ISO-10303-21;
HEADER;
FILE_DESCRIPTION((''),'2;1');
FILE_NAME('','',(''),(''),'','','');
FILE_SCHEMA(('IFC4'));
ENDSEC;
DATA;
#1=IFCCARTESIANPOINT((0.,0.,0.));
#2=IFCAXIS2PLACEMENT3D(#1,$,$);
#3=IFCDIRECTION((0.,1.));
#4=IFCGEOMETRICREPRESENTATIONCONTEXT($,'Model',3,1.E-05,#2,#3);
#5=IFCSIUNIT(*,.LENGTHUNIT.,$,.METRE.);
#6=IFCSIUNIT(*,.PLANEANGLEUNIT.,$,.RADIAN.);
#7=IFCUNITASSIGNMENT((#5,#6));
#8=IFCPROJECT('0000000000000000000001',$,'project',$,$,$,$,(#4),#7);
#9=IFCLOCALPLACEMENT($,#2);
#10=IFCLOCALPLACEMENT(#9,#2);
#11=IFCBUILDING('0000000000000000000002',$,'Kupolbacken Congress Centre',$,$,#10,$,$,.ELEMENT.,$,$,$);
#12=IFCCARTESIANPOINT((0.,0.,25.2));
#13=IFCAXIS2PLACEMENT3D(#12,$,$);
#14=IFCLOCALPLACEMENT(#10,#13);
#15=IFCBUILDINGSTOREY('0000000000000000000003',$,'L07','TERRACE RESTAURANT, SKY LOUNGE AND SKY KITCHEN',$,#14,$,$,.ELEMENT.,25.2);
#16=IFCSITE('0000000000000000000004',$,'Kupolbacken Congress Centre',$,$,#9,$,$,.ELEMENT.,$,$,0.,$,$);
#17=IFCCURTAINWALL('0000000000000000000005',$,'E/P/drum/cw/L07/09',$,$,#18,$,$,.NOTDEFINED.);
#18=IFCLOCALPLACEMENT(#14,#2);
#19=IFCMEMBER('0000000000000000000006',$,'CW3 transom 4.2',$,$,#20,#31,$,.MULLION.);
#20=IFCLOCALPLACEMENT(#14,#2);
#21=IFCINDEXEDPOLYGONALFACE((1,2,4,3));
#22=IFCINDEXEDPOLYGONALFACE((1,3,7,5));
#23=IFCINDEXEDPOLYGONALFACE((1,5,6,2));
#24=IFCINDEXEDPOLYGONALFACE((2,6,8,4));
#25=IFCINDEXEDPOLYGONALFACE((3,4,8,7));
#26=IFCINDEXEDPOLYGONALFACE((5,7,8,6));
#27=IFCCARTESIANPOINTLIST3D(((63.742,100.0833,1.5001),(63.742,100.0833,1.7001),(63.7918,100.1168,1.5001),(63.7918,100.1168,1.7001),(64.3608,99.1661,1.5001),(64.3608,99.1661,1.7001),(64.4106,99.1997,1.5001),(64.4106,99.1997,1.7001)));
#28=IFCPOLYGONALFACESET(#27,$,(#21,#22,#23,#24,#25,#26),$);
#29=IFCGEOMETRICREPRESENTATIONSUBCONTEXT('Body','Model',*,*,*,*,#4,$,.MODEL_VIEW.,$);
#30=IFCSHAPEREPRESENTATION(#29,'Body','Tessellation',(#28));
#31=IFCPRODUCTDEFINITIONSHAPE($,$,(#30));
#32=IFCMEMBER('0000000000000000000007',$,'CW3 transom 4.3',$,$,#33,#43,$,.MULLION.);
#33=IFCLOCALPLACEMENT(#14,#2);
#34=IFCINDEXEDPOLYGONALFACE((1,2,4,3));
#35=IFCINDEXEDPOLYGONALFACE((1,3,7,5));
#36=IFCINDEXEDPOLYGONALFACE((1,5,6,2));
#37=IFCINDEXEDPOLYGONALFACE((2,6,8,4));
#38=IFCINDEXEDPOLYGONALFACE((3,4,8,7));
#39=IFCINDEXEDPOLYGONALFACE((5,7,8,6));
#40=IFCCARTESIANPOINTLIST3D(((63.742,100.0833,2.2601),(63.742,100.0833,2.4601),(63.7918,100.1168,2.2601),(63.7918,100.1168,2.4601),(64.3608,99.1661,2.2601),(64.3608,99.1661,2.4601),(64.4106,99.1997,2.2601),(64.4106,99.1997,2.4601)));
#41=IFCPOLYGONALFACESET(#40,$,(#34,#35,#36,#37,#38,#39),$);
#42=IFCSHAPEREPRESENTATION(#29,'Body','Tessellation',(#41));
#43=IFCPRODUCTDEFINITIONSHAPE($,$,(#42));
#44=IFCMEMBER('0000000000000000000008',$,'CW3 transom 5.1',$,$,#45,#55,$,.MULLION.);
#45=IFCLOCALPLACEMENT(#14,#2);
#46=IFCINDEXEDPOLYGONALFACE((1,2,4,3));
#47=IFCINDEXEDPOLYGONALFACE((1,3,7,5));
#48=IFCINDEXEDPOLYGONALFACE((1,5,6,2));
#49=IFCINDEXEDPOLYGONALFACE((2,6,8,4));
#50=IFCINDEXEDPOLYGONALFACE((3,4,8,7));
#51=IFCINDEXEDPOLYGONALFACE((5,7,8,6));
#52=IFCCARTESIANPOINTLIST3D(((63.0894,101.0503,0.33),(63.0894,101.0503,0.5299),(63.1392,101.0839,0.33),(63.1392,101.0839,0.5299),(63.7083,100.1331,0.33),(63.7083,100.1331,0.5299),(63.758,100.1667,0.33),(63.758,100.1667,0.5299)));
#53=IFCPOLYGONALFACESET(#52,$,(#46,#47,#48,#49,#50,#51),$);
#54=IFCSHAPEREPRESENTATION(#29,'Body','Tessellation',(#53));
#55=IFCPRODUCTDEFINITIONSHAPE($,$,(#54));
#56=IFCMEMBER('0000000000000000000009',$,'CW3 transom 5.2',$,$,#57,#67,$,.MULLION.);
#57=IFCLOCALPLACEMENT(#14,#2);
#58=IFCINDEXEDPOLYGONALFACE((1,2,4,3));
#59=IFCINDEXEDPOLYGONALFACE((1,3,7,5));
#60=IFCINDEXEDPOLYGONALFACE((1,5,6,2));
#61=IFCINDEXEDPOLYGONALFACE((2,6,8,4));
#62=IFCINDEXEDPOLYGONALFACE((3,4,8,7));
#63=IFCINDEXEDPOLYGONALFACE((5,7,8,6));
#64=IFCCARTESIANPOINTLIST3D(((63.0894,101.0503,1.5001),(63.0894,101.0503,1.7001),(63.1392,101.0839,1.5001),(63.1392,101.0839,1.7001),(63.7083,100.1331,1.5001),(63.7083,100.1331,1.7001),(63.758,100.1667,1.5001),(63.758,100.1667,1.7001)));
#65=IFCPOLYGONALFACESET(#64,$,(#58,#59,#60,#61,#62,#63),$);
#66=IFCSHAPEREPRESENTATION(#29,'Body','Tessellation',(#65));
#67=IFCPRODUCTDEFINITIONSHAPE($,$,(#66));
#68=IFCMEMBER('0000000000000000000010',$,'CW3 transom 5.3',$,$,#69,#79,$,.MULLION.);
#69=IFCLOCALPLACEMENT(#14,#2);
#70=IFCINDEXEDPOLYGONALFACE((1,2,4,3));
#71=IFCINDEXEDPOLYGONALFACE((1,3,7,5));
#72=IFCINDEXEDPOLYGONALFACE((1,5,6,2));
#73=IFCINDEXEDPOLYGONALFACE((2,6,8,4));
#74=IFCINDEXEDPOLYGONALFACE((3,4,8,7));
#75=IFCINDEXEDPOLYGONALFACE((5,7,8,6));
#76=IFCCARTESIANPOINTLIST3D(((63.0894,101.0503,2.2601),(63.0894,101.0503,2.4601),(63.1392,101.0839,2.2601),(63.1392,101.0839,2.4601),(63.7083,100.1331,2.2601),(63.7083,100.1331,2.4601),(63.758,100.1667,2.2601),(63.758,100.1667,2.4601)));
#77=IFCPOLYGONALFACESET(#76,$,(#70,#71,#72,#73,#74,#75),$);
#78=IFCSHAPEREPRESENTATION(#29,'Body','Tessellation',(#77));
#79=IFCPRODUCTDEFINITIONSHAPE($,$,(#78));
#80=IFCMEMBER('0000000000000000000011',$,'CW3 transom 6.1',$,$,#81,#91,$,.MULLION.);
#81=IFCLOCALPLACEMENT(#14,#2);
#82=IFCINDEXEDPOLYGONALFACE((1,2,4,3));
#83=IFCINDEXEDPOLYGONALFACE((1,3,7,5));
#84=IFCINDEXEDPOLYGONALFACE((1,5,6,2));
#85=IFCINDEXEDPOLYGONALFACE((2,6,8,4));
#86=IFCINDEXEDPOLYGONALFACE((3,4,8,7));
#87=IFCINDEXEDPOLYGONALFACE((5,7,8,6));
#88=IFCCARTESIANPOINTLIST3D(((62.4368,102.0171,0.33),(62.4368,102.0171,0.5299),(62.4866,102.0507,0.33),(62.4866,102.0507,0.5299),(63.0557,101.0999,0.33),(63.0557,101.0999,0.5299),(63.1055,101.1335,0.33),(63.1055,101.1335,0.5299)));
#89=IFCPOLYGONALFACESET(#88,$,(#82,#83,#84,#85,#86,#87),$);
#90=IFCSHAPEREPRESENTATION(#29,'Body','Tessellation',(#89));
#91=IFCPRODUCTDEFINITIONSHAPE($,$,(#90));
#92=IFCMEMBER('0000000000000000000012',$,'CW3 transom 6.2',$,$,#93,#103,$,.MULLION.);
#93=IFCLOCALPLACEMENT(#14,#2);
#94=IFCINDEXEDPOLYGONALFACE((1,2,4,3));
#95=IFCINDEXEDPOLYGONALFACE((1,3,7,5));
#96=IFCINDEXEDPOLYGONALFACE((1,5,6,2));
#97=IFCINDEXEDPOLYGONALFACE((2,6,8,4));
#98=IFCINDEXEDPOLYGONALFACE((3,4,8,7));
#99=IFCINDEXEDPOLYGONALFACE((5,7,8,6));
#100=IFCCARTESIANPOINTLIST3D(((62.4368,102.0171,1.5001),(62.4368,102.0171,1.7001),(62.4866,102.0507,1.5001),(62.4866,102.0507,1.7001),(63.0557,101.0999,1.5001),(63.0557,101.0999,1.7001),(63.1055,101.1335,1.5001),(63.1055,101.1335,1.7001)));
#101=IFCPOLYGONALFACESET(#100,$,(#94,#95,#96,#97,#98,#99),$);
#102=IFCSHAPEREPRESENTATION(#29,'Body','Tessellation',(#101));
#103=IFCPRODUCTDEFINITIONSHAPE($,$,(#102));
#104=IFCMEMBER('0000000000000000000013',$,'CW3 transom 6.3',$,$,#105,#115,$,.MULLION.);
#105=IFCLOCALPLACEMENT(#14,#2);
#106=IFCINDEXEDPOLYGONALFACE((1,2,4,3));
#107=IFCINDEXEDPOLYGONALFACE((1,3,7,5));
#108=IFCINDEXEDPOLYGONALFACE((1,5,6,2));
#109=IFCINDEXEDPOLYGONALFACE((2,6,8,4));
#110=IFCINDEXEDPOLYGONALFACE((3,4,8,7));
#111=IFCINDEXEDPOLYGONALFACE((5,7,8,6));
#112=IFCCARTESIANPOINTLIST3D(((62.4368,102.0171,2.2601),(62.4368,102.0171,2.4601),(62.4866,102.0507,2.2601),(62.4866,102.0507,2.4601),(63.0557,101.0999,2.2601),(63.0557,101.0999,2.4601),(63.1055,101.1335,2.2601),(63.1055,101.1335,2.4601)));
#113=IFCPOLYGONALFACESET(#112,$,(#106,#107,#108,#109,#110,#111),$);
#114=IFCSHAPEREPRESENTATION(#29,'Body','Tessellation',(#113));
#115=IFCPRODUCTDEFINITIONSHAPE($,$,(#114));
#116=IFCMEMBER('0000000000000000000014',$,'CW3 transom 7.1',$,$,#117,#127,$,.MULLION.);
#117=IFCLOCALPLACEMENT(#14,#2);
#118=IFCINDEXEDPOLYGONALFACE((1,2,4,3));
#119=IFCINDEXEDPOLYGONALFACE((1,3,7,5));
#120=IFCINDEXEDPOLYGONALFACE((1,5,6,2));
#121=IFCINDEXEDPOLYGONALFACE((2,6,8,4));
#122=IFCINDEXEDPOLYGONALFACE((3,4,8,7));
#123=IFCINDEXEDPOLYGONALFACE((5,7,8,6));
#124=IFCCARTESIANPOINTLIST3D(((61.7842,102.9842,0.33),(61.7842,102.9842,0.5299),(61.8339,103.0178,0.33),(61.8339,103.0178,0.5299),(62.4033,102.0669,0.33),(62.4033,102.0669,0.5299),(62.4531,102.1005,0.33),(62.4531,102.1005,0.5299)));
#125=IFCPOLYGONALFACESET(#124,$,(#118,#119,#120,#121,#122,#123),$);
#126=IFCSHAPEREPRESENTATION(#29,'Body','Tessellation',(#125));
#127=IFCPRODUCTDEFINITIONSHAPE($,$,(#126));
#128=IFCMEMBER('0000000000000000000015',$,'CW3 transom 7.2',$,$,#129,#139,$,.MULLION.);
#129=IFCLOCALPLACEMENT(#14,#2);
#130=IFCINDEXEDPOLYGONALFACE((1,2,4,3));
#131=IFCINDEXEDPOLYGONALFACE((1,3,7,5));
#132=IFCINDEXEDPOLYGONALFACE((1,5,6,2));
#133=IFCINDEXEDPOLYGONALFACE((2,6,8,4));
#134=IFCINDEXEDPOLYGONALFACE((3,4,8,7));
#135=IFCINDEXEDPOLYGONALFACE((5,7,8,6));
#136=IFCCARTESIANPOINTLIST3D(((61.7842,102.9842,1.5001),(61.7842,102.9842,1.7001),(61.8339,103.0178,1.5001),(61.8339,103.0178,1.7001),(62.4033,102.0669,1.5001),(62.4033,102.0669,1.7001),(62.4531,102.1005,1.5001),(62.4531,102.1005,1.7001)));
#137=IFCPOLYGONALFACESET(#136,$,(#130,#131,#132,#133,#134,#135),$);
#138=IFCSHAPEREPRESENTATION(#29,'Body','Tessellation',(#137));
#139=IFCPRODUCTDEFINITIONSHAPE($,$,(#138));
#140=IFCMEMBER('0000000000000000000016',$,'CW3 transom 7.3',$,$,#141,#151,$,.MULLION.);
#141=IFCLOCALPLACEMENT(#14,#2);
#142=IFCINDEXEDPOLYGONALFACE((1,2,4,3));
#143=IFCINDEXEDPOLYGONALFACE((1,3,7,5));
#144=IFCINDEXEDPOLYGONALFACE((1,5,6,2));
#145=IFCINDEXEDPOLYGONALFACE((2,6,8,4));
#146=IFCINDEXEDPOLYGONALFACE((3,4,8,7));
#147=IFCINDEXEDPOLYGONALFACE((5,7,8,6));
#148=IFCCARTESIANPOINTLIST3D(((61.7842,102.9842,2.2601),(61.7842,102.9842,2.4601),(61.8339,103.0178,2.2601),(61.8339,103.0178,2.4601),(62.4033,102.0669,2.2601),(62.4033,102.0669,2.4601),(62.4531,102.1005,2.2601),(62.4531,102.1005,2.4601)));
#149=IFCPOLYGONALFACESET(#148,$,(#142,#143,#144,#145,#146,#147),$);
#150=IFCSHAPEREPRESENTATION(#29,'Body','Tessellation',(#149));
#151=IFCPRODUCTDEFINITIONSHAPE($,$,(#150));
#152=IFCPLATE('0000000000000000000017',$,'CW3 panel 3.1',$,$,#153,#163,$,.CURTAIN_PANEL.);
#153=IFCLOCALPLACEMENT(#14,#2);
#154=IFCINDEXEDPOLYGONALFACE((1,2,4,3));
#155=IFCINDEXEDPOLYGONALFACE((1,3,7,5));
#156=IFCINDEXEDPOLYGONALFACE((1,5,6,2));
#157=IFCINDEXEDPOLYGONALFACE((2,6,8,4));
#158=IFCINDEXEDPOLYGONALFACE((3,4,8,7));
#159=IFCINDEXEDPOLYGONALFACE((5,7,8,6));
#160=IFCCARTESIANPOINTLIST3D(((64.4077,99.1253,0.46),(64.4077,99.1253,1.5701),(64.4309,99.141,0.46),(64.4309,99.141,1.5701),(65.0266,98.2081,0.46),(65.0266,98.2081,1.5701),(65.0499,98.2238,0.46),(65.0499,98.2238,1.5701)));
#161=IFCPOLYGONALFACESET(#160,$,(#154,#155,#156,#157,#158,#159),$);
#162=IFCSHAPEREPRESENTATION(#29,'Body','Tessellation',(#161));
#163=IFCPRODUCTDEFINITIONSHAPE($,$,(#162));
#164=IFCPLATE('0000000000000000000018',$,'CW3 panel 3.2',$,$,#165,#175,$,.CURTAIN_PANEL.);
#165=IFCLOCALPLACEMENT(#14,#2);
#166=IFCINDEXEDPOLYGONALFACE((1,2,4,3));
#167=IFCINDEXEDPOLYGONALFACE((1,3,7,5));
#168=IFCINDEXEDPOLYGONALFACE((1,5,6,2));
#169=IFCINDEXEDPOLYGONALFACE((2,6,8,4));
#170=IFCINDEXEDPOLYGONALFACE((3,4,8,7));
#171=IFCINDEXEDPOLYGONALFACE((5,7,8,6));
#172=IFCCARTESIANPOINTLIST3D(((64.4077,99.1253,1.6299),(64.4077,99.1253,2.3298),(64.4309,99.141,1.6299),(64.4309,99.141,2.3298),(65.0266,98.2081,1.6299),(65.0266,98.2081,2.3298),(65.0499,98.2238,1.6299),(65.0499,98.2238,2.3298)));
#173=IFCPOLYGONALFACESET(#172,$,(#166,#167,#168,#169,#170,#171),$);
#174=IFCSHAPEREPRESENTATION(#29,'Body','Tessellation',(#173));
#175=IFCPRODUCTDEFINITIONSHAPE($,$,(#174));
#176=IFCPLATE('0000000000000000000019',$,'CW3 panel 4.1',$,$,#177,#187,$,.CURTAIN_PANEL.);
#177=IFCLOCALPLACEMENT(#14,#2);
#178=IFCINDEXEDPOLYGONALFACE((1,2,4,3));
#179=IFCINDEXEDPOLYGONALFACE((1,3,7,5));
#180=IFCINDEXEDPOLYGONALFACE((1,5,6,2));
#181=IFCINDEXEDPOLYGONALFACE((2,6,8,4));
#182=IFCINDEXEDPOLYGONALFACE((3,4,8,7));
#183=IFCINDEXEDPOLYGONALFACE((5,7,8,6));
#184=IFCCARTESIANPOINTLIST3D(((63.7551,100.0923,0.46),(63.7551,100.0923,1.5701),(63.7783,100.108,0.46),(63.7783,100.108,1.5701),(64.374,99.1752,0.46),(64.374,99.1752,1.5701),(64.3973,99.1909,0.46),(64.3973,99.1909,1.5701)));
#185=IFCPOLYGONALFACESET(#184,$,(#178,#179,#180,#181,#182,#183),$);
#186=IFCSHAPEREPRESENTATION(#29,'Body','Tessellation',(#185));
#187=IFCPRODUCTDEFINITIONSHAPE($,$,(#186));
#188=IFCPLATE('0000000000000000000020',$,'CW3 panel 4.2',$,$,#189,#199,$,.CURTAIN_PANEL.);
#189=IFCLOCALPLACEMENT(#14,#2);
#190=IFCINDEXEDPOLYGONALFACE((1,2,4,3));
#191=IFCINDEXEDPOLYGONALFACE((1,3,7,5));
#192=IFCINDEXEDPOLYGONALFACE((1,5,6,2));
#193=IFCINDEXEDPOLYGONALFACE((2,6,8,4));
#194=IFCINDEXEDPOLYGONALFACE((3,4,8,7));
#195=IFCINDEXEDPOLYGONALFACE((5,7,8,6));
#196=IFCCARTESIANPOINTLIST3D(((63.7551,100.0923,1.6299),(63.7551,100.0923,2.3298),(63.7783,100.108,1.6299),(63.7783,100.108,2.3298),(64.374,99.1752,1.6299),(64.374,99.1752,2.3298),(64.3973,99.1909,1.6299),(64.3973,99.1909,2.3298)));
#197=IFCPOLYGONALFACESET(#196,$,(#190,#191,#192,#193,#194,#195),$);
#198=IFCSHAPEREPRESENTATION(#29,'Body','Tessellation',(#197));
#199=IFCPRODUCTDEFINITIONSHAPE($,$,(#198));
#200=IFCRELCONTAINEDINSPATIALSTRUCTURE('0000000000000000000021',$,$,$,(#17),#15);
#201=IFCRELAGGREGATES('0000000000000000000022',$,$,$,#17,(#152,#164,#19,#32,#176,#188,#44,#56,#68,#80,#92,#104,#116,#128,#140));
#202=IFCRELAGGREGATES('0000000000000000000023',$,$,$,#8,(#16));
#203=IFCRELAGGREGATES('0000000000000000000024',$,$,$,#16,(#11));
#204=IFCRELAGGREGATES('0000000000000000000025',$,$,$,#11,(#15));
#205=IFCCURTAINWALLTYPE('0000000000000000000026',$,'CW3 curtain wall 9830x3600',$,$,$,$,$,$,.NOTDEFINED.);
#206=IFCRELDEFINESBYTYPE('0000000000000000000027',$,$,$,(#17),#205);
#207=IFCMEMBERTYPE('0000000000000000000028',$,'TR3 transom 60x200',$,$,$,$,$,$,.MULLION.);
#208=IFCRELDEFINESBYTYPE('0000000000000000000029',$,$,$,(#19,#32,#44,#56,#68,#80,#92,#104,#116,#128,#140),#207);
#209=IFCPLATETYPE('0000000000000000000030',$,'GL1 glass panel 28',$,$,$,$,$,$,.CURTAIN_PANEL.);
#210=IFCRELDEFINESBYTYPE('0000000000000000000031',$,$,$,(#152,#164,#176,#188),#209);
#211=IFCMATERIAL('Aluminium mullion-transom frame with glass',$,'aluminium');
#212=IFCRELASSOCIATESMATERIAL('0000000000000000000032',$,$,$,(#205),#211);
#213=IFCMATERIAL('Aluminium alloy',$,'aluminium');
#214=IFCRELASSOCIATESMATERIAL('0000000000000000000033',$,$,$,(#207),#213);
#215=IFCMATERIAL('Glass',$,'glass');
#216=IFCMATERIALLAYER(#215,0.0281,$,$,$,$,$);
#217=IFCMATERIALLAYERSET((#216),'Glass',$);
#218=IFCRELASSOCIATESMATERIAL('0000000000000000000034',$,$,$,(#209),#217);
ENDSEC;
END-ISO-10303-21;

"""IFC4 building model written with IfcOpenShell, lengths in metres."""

from ifc_helpers import new_model, si_unit, direction, frame, origin, origin_2d, place, context, subcontext, project, spatial, rectangle, extrude, material, layer, layer_set, material_profile, profile_set, type_object, element, aggregate, save


model = new_model("IFC4")

# Units and contexts
model_context = context("Model", 3, precision=1e-05, world=origin(), true_north=direction((0.0, 1.0)))
body_context = subcontext(model_context, "Body", "Model", "MODEL_VIEW")
ifc_project = project(units=[si_unit("LENGTHUNIT", "METRE"), si_unit("PLANEANGLEUNIT", "RADIAN")], contexts=[model_context])

# Site, building, storey
site_placement = place(None, origin())
site = spatial("IfcSite", under=ifc_project, at=site_placement, Name="Kupolbacken Congress Centre", CompositionType="ELEMENT", RefElevation=0.0)
building_placement = place(site_placement, origin())
building = spatial("IfcBuilding", under=site, at=building_placement, Name="Kupolbacken Congress Centre", CompositionType="ELEMENT")
storey_placement = place(building_placement, frame((0.0, 0.0, 25.2)))
storey = spatial("IfcBuildingStorey", under=building, at=storey_placement, Name="L07", Description="TERRACE RESTAURANT, SKY LOUNGE AND SKY KITCHEN", CompositionType="ELEMENT", Elevation=25.2)

# Curtain wall, members, plates
ifc_material_1 = material(Name="Aluminium mullion-transom frame with glass", Category="aluminium")
curtain_wall_type = type_object("IfcCurtainWallType", Name="CW3 curtain wall 9830x3600", PredefinedType="NOTDEFINED", material=ifc_material_1)
curtain_wall_placement = place(storey_placement, origin())
curtain_wall = element("IfcCurtainWall", 1, at=curtain_wall_placement, inside=storey, type_object=curtain_wall_type, Name="E/P/drum/cw/L07/09", PredefinedType="NOTDEFINED")
ifc_material_2 = material(Name="Aluminium alloy", Category="aluminium")
ifc_material_profile_1 = material_profile(ifc_material_2, rectangle(XDim=0.0601, YDim=0.2, at=origin_2d()), Name="60 x 200")
ifc_profile_set_1 = profile_set([ifc_material_profile_1], Name="Aluminium alloy")
member_type_1 = type_object("IfcMemberType", Name="TR3 transom 60x200", PredefinedType="MULLION", material=ifc_profile_set_1)
member_1_placement = place(storey_placement, frame((64.3857, 99.1829, 1.6001), z_axis=(-0.559325, 0.828948, 0.0), x_axis=(-0.828948, -0.559325, 0.0)))
member_1 = element("IfcMember", 2, at=member_1_placement, type_object=member_type_1, Name="CW3 transom 4.2", PredefinedType="MULLION", context=body_context, shape_type="SweptSolid", body=[
    extrude(rectangle(XDim=0.0601, YDim=0.2, at=origin_2d()), origin(), (0.0, 0.0, 1.0), 1.1064),
])
member_2_placement = place(storey_placement, frame((64.3857, 99.1829, 2.3601), z_axis=(-0.559325, 0.828948, 0.0), x_axis=(-0.828948, -0.559325, 0.0)))
member_2 = element("IfcMember", 3, at=member_2_placement, type_object=member_type_1, Name="CW3 transom 4.3", PredefinedType="MULLION", context=body_context, shape_type="SweptSolid", body=[
    extrude(rectangle(XDim=0.0601, YDim=0.2, at=origin_2d()), origin(), (0.0, 0.0, 1.0), 1.1064),
])
member_3_placement = place(storey_placement, frame((63.7332, 100.1499, 0.4299), z_axis=(-0.559325, 0.828948, 0.0), x_axis=(-0.828948, -0.559325, 0.0)))
member_3 = element("IfcMember", 4, at=member_3_placement, type_object=member_type_1, Name="CW3 transom 5.1", PredefinedType="MULLION", context=body_context, shape_type="SweptSolid", body=[
    extrude(rectangle(XDim=0.0601, YDim=0.2, at=origin_2d()), origin(), (0.0, 0.0, 1.0), 1.1064),
])
member_4_placement = place(storey_placement, frame((63.7332, 100.1499, 1.6001), z_axis=(-0.559325, 0.828948, 0.0), x_axis=(-0.828948, -0.559325, 0.0)))
member_4 = element("IfcMember", 5, at=member_4_placement, type_object=member_type_1, Name="CW3 transom 5.2", PredefinedType="MULLION", context=body_context, shape_type="SweptSolid", body=[
    extrude(rectangle(XDim=0.0601, YDim=0.2, at=origin_2d()), origin(), (0.0, 0.0, 1.0), 1.1064),
])
member_5_placement = place(storey_placement, frame((63.7332, 100.1499, 2.3601), z_axis=(-0.559325, 0.828948, 0.0), x_axis=(-0.828948, -0.559325, 0.0)))
member_5 = element("IfcMember", 6, at=member_5_placement, type_object=member_type_1, Name="CW3 transom 5.3", PredefinedType="MULLION", context=body_context, shape_type="SweptSolid", body=[
    extrude(rectangle(XDim=0.0601, YDim=0.2, at=origin_2d()), origin(), (0.0, 0.0, 1.0), 1.1064),
])
member_6_placement = place(storey_placement, frame((63.0806, 101.1167, 0.4299), z_axis=(-0.559325, 0.828948, 0.0), x_axis=(-0.828948, -0.559325, 0.0)))
member_6 = element("IfcMember", 7, at=member_6_placement, type_object=member_type_1, Name="CW3 transom 6.1", PredefinedType="MULLION", context=body_context, shape_type="SweptSolid", body=[
    extrude(rectangle(XDim=0.0601, YDim=0.2, at=origin_2d()), origin(), (0.0, 0.0, 1.0), 1.1064),
])
member_7_placement = place(storey_placement, frame((63.0806, 101.1167, 1.6001), z_axis=(-0.559325, 0.828948, 0.0), x_axis=(-0.828948, -0.559325, 0.0)))
member_7 = element("IfcMember", 8, at=member_7_placement, type_object=member_type_1, Name="CW3 transom 6.2", PredefinedType="MULLION", context=body_context, shape_type="SweptSolid", body=[
    extrude(rectangle(XDim=0.0601, YDim=0.2, at=origin_2d()), origin(), (0.0, 0.0, 1.0), 1.1064),
])
member_8_placement = place(storey_placement, frame((63.0806, 101.1167, 2.3601), z_axis=(-0.559325, 0.828948, 0.0), x_axis=(-0.828948, -0.559325, 0.0)))
member_8 = element("IfcMember", 9, at=member_8_placement, type_object=member_type_1, Name="CW3 transom 6.3", PredefinedType="MULLION", context=body_context, shape_type="SweptSolid", body=[
    extrude(rectangle(XDim=0.0601, YDim=0.2, at=origin_2d()), origin(), (0.0, 0.0, 1.0), 1.1064),
])
member_9_placement = place(storey_placement, frame((62.4282, 102.0837, 0.4299), z_axis=(-0.559477, 0.828846, 0.0), x_axis=(-0.828846, -0.559477, 0.0)))
member_9 = element("IfcMember", 10, at=member_9_placement, type_object=member_type_1, Name="CW3 transom 7.1", PredefinedType="MULLION", context=body_context, shape_type="SweptSolid", body=[
    extrude(rectangle(XDim=0.0601, YDim=0.2, at=origin_2d()), origin(), (0.0, 0.0, 1.0), 1.1067),
])
member_10_placement = place(storey_placement, frame((62.4282, 102.0837, 1.6001), z_axis=(-0.559477, 0.828846, 0.0), x_axis=(-0.828846, -0.559477, 0.0)))
member_10 = element("IfcMember", 11, at=member_10_placement, type_object=member_type_1, Name="CW3 transom 7.2", PredefinedType="MULLION", context=body_context, shape_type="SweptSolid", body=[
    extrude(rectangle(XDim=0.0601, YDim=0.2, at=origin_2d()), origin(), (0.0, 0.0, 1.0), 1.1067),
])
member_11_placement = place(storey_placement, frame((62.4282, 102.0837, 2.3601), z_axis=(-0.559477, 0.828846, 0.0), x_axis=(-0.828846, -0.559477, 0.0)))
member_11 = element("IfcMember", 12, at=member_11_placement, type_object=member_type_1, Name="CW3 transom 7.3", PredefinedType="MULLION", context=body_context, shape_type="SweptSolid", body=[
    extrude(rectangle(XDim=0.0601, YDim=0.2, at=origin_2d()), origin(), (0.0, 0.0, 1.0), 1.1067),
])
ifc_material_3 = material(Name="Glass", Category="glass")
ifc_layer_1 = layer(ifc_material_3, 0.0281)
ifc_layer_set_1 = layer_set([ifc_layer_1], Name="Glass")
plate_type = type_object("IfcPlateType", Name="GL1 glass panel 28", PredefinedType="CURTAIN_PANEL", material=ifc_layer_set_1)
plate_1_placement = place(storey_placement, frame((64.7288, 98.6746, 0.46), z_axis=(0.0, 0.0, 1.0), x_axis=(-0.559386, 0.828908, 0.0)))
plate_1 = element("IfcPlate", 13, at=plate_1_placement, type_object=plate_type, Name="CW3 panel 3.1", PredefinedType="CURTAIN_PANEL", context=body_context, shape_type="SweptSolid", body=[
    extrude(rectangle(XDim=1.1064, YDim=0.0281, at=origin_2d()), origin(), (0.0, 0.0, 1.0), 1.1101),
])
plate_2_placement = place(storey_placement, frame((64.7288, 98.6746, 1.6299), z_axis=(0.0, 0.0, 1.0), x_axis=(-0.559386, 0.828908, 0.0)))
plate_2 = element("IfcPlate", 14, at=plate_2_placement, type_object=plate_type, Name="CW3 panel 3.2", PredefinedType="CURTAIN_PANEL", context=body_context, shape_type="SweptSolid", body=[
    extrude(rectangle(XDim=1.1064, YDim=0.0281, at=origin_2d()), origin(), (0.0, 0.0, 1.0), 0.7),
])
plate_3_placement = place(storey_placement, frame((64.0762, 99.6416, 0.46), z_axis=(0.0, 0.0, 1.0), x_axis=(-0.559386, 0.828908, 0.0)))
plate_3 = element("IfcPlate", 15, at=plate_3_placement, type_object=plate_type, Name="CW3 panel 4.1", PredefinedType="CURTAIN_PANEL", context=body_context, shape_type="SweptSolid", body=[
    extrude(rectangle(XDim=1.1064, YDim=0.0281, at=origin_2d()), origin(), (0.0, 0.0, 1.0), 1.1101),
])
plate_4_placement = place(storey_placement, frame((64.0762, 99.6416, 1.6299), z_axis=(0.0, 0.0, 1.0), x_axis=(-0.559386, 0.828908, 0.0)))
plate_4 = element("IfcPlate", 16, at=plate_4_placement, type_object=plate_type, Name="CW3 panel 4.2", PredefinedType="CURTAIN_PANEL", context=body_context, shape_type="SweptSolid", body=[
    extrude(rectangle(XDim=1.1064, YDim=0.0281, at=origin_2d()), origin(), (0.0, 0.0, 1.0), 0.7),
])
aggregate(curtain_wall, [plate_1, plate_2, member_1, member_2, plate_3, plate_4, member_3, member_4, member_5, member_6, member_7, member_8, member_9, member_10, member_11])

save(model, "model.ifc")
